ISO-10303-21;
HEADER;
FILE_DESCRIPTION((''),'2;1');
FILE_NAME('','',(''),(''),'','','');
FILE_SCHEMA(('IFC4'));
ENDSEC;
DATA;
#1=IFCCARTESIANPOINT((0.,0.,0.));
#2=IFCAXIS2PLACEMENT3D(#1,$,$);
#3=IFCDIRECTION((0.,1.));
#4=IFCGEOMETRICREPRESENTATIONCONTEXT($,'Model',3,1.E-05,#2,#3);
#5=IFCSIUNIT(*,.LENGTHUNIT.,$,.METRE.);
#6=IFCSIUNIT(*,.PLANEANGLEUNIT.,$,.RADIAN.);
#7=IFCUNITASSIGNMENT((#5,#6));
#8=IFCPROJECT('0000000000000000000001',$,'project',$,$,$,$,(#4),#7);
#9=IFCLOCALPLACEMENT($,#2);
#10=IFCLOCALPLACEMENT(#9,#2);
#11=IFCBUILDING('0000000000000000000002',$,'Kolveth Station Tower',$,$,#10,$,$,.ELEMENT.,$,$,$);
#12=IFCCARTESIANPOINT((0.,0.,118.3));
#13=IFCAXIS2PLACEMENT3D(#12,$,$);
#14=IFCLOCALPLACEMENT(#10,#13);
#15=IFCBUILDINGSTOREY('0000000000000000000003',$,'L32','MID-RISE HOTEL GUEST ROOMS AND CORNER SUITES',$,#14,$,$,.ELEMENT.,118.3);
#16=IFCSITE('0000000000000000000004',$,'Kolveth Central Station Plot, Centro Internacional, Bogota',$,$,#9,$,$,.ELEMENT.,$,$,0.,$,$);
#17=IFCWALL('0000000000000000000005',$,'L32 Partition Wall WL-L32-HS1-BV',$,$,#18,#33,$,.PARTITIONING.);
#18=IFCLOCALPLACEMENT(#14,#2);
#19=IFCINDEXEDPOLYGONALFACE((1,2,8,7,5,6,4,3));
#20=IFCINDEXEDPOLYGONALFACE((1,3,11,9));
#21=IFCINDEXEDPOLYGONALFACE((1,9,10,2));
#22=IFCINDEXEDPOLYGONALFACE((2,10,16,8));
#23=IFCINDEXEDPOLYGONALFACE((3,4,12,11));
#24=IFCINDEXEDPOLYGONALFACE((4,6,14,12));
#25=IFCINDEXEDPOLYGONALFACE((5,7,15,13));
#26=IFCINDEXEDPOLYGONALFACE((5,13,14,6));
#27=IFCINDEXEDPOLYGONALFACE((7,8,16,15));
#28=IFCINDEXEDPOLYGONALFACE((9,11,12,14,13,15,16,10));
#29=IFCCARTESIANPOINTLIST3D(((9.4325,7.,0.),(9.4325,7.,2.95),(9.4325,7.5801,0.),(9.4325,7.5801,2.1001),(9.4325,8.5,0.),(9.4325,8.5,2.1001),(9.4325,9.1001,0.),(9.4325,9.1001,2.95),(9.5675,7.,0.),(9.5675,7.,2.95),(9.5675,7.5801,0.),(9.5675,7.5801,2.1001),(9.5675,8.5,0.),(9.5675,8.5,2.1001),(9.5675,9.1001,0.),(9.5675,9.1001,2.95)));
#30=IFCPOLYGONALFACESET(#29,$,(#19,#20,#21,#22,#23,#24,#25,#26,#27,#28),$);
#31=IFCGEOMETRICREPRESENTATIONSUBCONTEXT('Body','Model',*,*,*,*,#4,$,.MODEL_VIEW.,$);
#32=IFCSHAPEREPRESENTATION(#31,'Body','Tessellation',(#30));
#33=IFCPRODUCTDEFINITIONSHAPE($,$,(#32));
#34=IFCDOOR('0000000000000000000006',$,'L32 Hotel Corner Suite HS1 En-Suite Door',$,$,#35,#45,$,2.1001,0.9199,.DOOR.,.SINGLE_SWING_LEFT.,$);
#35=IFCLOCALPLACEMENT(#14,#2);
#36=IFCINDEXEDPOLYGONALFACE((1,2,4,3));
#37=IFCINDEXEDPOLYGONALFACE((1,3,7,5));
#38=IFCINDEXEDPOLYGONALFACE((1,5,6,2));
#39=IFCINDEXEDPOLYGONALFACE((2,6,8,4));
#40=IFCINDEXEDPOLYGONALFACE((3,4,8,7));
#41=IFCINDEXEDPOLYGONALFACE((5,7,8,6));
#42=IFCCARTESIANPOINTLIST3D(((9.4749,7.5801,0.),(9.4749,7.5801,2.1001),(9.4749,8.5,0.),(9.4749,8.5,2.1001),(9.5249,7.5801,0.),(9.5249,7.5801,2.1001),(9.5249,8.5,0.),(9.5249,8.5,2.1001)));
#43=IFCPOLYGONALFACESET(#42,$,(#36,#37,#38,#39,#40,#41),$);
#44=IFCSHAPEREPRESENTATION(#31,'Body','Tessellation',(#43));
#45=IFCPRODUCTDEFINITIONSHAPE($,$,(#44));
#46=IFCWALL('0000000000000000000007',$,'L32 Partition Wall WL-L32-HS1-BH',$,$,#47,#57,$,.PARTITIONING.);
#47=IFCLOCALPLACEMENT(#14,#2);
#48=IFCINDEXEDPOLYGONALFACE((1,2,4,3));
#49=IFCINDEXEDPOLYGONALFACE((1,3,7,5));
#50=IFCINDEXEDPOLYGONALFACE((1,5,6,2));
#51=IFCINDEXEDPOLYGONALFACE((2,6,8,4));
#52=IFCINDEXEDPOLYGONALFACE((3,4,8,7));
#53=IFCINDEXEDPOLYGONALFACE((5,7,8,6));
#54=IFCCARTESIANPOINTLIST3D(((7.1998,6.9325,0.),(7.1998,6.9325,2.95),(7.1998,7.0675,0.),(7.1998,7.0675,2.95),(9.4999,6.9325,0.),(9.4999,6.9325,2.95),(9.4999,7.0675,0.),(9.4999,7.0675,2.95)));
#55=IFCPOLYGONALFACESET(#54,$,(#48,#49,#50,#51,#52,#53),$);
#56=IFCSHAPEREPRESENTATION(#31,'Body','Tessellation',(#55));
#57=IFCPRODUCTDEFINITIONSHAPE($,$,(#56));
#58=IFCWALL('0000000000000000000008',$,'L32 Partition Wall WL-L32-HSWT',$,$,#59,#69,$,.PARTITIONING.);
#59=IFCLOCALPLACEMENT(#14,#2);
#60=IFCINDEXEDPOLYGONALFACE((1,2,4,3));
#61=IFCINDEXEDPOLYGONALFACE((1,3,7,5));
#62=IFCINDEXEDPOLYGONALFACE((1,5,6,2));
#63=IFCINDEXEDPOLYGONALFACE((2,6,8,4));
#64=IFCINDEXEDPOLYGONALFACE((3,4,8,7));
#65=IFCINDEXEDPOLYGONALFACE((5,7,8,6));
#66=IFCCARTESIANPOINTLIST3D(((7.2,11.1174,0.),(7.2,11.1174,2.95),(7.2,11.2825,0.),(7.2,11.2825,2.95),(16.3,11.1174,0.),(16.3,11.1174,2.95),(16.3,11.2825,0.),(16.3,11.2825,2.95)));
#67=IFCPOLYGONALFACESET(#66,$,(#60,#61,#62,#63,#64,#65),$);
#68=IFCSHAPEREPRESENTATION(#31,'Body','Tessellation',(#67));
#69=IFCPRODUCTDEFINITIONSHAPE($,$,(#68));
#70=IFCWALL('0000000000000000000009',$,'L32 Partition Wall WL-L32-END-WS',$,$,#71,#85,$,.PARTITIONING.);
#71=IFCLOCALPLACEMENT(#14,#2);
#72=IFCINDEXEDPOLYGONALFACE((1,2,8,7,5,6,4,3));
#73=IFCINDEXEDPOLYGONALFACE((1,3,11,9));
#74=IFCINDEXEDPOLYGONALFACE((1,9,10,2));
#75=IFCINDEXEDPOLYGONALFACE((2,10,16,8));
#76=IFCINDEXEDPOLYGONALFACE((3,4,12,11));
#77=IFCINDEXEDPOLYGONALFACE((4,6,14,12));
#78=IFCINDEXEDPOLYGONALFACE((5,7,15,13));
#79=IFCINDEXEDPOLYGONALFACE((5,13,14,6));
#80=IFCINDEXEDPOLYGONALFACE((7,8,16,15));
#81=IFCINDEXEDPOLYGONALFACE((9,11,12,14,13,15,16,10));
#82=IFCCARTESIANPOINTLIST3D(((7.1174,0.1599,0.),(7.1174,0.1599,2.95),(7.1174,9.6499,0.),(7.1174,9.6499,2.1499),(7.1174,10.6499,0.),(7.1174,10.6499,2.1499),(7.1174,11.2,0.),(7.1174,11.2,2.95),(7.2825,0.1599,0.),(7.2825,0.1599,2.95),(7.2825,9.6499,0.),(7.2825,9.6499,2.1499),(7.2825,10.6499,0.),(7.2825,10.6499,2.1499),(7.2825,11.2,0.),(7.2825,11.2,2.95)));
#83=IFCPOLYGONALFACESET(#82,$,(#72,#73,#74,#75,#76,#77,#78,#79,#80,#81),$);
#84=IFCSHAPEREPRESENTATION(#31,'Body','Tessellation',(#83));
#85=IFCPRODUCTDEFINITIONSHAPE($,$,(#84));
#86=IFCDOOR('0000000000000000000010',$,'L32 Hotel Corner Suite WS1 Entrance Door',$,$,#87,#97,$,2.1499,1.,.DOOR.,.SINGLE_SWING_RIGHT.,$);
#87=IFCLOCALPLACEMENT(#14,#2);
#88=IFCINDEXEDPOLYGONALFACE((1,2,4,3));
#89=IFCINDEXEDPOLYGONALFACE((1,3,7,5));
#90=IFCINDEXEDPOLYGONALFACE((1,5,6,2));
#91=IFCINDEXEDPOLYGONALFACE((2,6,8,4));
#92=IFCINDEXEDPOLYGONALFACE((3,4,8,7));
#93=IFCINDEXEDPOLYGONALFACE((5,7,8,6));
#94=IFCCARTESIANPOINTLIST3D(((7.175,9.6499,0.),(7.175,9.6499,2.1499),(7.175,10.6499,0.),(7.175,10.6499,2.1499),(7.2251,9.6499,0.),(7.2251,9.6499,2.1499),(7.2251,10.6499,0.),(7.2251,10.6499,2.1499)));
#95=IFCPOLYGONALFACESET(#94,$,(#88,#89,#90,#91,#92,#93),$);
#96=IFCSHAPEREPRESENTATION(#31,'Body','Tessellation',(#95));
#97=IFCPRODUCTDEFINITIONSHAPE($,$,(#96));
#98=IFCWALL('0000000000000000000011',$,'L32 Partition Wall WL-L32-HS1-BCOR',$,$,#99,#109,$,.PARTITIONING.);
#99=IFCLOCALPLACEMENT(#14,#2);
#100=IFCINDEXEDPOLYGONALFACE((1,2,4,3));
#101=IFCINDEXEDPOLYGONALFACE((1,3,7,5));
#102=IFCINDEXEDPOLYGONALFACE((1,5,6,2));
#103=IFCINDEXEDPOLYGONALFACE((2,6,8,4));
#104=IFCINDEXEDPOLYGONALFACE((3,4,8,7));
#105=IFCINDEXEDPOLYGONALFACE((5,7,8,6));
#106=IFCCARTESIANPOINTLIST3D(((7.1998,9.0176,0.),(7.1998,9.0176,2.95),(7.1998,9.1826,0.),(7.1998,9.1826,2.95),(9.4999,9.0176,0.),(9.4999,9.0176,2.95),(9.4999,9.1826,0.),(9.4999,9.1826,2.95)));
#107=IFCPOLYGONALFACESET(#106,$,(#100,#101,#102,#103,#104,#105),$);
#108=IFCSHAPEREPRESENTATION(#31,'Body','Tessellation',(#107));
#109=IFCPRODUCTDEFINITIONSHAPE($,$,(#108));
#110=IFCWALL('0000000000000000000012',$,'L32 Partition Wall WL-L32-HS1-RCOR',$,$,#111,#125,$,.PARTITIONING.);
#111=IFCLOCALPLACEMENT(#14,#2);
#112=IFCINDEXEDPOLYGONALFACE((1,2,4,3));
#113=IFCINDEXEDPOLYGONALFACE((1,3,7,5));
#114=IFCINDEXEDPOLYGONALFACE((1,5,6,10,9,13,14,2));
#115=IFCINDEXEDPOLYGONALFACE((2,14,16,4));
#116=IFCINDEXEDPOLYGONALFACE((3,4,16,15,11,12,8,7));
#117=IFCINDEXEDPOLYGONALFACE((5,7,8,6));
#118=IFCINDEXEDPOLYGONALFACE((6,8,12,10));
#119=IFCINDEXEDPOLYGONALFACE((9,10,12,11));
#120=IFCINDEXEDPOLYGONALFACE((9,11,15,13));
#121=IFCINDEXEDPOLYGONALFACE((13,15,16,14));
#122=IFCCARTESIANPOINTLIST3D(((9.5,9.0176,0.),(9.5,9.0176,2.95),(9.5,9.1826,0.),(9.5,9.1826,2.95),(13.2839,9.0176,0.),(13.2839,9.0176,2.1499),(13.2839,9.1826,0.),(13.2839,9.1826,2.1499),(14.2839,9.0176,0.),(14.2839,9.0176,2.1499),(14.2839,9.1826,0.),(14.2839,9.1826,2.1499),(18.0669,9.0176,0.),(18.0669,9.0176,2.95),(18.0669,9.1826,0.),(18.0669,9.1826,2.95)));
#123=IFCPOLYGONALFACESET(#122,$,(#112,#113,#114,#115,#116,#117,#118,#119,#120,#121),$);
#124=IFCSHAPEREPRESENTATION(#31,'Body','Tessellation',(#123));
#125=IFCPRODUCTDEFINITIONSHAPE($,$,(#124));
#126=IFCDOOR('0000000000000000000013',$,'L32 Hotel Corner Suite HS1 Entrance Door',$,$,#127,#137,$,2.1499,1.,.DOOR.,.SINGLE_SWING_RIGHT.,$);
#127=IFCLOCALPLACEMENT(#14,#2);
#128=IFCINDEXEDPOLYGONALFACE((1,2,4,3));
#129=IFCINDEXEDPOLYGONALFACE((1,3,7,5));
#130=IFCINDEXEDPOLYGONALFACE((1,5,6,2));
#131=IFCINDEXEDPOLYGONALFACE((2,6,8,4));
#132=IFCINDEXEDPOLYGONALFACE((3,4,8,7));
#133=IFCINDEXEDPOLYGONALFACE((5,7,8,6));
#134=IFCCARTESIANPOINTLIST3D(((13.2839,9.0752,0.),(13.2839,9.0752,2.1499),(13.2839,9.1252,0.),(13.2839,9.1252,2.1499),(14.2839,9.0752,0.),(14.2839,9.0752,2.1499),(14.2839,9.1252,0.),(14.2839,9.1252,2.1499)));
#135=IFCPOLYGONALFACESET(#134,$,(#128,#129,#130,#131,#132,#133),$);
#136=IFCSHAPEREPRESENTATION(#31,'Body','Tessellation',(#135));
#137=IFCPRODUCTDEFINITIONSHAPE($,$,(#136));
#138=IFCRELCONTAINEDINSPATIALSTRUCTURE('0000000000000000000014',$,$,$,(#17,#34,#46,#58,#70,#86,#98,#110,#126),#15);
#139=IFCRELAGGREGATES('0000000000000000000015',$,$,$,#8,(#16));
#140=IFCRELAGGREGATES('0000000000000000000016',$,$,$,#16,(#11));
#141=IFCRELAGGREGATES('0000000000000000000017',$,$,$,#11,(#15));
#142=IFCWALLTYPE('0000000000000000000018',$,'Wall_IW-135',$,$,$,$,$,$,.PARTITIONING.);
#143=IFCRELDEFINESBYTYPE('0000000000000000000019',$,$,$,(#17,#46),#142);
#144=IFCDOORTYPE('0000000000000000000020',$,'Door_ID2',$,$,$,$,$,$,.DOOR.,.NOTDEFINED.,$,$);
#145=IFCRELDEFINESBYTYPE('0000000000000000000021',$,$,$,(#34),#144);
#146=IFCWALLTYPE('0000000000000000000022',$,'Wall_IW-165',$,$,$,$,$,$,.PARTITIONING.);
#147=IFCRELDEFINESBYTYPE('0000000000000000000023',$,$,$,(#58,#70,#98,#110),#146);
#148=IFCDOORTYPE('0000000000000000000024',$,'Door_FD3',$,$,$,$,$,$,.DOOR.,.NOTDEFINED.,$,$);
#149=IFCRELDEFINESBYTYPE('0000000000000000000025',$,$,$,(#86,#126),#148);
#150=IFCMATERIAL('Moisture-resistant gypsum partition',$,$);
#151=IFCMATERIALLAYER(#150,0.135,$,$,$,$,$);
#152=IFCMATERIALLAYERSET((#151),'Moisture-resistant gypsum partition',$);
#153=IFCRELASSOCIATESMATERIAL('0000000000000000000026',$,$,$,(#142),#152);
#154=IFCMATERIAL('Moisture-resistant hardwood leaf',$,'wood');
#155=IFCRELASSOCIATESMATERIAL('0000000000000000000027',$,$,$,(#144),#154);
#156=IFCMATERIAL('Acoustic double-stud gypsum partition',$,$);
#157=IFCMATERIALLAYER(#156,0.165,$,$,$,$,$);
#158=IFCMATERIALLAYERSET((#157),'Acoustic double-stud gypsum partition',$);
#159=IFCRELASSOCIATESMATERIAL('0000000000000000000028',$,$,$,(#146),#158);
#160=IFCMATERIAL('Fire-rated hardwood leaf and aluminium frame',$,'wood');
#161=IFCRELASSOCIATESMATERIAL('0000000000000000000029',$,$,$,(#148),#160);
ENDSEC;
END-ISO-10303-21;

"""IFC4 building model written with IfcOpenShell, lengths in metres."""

from ifc_helpers import new_model, si_unit, direction, frame, frame_2d, origin, place, context, subcontext, project, spatial, rectangle, extrude, material, layer, layer_set, type_object, element, fill, save


model = new_model("IFC4")

# Units and contexts
model_context = context("Model", 3, precision=1e-05, world=origin(), true_north=direction((0.0, 1.0)))
body_context = subcontext(model_context, "Body", "Model", "MODEL_VIEW")
ifc_project = project(units=[si_unit("LENGTHUNIT", "METRE"), si_unit("PLANEANGLEUNIT", "RADIAN")], contexts=[model_context])

# Site, building, storey
site_placement = place(None, origin())
site = spatial("IfcSite", under=ifc_project, at=site_placement, Name="Kolveth Central Station Plot, Centro Internacional, Bogota", CompositionType="ELEMENT", RefElevation=0.0)
building_placement = place(site_placement, origin())
building = spatial("IfcBuilding", under=site, at=building_placement, Name="Kolveth Station Tower", CompositionType="ELEMENT")
storey_placement = place(building_placement, frame((0.0, 0.0, 118.3)))
storey = spatial("IfcBuildingStorey", under=building, at=storey_placement, Name="L32", Description="MID-RISE HOTEL GUEST ROOMS AND CORNER SUITES", CompositionType="ELEMENT", Elevation=118.3)

# Wall, opening, door
ifc_material_1 = material(Name="Moisture-resistant gypsum partition")
ifc_layer_1 = layer(ifc_material_1, 0.135)
ifc_layer_set_1 = layer_set([ifc_layer_1], Name="Moisture-resistant gypsum partition")
wall_type_1 = type_object("IfcWallType", Name="Wall_IW-135", PredefinedType="PARTITIONING", material=ifc_layer_set_1)
wall_1_placement = place(storey_placement, frame((9.5, 7.0, 0.0), z_axis=(0.0, 0.0, 1.0), x_axis=(0.0, 1.0, 0.0)))
wall_1 = element("IfcWall", 1, at=wall_1_placement, inside=storey, type_object=wall_type_1, Name="L32 Partition Wall WL-L32-HS1-BV", PredefinedType="PARTITIONING", context=body_context, shape_type="SweptSolid", body=[
    extrude(rectangle(XDim=2.1001, YDim=0.135, at=frame_2d((1.05, 0.0))), origin(), (0.0, 0.0, 1.0), 2.95),
])
opening_1_placement = place(wall_1_placement, frame((0.5801, 0.0, 0.0)))
opening_1 = element("IfcOpeningElement", 2, at=opening_1_placement, cuts=wall_1, PredefinedType="OPENING", context=body_context, shape_type="SweptSolid", body=[
    extrude(rectangle(XDim=0.9199, YDim=2.1001, at=frame_2d((0.46, 1.05))), frame((0.0, 0.0774, 0.0), z_axis=(0.0, -1.0, 0.0), x_axis=(1.0, 0.0, 0.0)), (0.0, 0.0, 1.0), 0.155),
])
ifc_material_2 = material(Name="Moisture-resistant hardwood leaf", Category="wood")
door_type_1 = type_object("IfcDoorType", Name="Door_ID2", OperationType="NOTDEFINED", PredefinedType="DOOR", material=ifc_material_2)
door_1_placement = place(opening_1_placement, frame((0.9199, 0.0, 0.0), z_axis=(0.0, 0.0, 1.0), x_axis=(-1.0, 0.0, 0.0)))
door_1 = element("IfcDoor", 3, at=door_1_placement, inside=storey, type_object=door_type_1, Name="L32 Hotel Corner Suite HS1 En-Suite Door", OperationType="SINGLE_SWING_LEFT", OverallHeight=2.1001, OverallWidth=0.9199, PredefinedType="DOOR", context=body_context, shape_type="SweptSolid", body=[
    extrude(rectangle(XDim=0.9199, YDim=2.1001, at=frame_2d((0.46, 1.05))), frame((0.0, 0.0249, 0.0), z_axis=(0.0, -1.0, 0.0), x_axis=(1.0, 0.0, 0.0)), (0.0, 0.0, 1.0), 0.05),
])
fill(opening_1, door_1)

# Walls
wall_2_placement = place(storey_placement, frame((7.2, 7.0, 0.0), z_axis=(0.0, 0.0, 1.0), x_axis=(1.0, 0.0, 0.0)))
element("IfcWall", 4, at=wall_2_placement, inside=storey, type_object=wall_type_1, Name="L32 Partition Wall WL-L32-HS1-BH", PredefinedType="PARTITIONING", context=body_context, shape_type="SweptSolid", body=[
    extrude(rectangle(XDim=2.3, YDim=0.135, at=frame_2d((1.1499, 0.0))), origin(), (0.0, 0.0, 1.0), 2.95),
])
ifc_material_3 = material(Name="Acoustic double-stud gypsum partition")
ifc_layer_2 = layer(ifc_material_3, 0.165)
ifc_layer_set_2 = layer_set([ifc_layer_2], Name="Acoustic double-stud gypsum partition")
wall_type_2 = type_object("IfcWallType", Name="Wall_IW-165", PredefinedType="PARTITIONING", material=ifc_layer_set_2)
wall_3_placement = place(storey_placement, frame((7.2, 11.2, 0.0), z_axis=(0.0, 0.0, 1.0), x_axis=(1.0, 0.0, 0.0)))
element("IfcWall", 5, at=wall_3_placement, inside=storey, type_object=wall_type_2, Name="L32 Partition Wall WL-L32-HSWT", PredefinedType="PARTITIONING", context=body_context, shape_type="SweptSolid", body=[
    extrude(rectangle(XDim=9.1001, YDim=0.165, at=frame_2d((4.55, 0.0))), origin(), (0.0, 0.0, 1.0), 2.95),
])

# Wall, opening, door
wall_4_placement = place(storey_placement, frame((7.2, 0.1599, 0.0), z_axis=(0.0, 0.0, 1.0), x_axis=(0.0, 1.0, 0.0)))
wall_4 = element("IfcWall", 6, at=wall_4_placement, inside=storey, type_object=wall_type_2, Name="L32 Partition Wall WL-L32-END-WS", PredefinedType="PARTITIONING", context=body_context, shape_type="SweptSolid", body=[
    extrude(rectangle(XDim=11.04, YDim=0.165, at=frame_2d((5.52, 0.0))), origin(), (0.0, 0.0, 1.0), 2.95),
])
opening_2_placement = place(wall_4_placement, frame((9.49, 0.0, 0.0)))
opening_2 = element("IfcOpeningElement", 7, at=opening_2_placement, cuts=wall_4, PredefinedType="OPENING", context=body_context, shape_type="SweptSolid", body=[
    extrude(rectangle(XDim=1.0, YDim=2.1499, at=frame_2d((0.5, 1.075))), frame((0.0, 0.0925, 0.0), z_axis=(0.0, -1.0, 0.0), x_axis=(1.0, 0.0, 0.0)), (0.0, 0.0, 1.0), 0.1851),
])
ifc_material_4 = material(Name="Fire-rated hardwood leaf and aluminium frame", Category="wood")
door_type_2 = type_object("IfcDoorType", Name="Door_FD3", OperationType="NOTDEFINED", PredefinedType="DOOR", material=ifc_material_4)
door_2_placement = place(opening_2_placement, origin())
door_2 = element("IfcDoor", 8, at=door_2_placement, inside=storey, type_object=door_type_2, Name="L32 Hotel Corner Suite WS1 Entrance Door", OperationType="SINGLE_SWING_RIGHT", OverallHeight=2.1499, OverallWidth=1.0, PredefinedType="DOOR", context=body_context, shape_type="SweptSolid", body=[
    extrude(rectangle(XDim=1.0, YDim=2.1499, at=frame_2d((0.5, 1.075))), frame((0.0, 0.0249, 0.0), z_axis=(0.0, -1.0, 0.0), x_axis=(1.0, 0.0, 0.0)), (0.0, 0.0, 1.0), 0.05),
])
fill(opening_2, door_2)

# Wall
wall_5_placement = place(storey_placement, frame((7.2, 9.1001, 0.0), z_axis=(0.0, 0.0, 1.0), x_axis=(1.0, 0.0, 0.0)))
element("IfcWall", 9, at=wall_5_placement, inside=storey, type_object=wall_type_2, Name="L32 Partition Wall WL-L32-HS1-BCOR", PredefinedType="PARTITIONING", context=body_context, shape_type="SweptSolid", body=[
    extrude(rectangle(XDim=2.3, YDim=0.165, at=frame_2d((1.1499, 0.0))), origin(), (0.0, 0.0, 1.0), 2.95),
])

# Wall, opening, door
wall_6_placement = place(storey_placement, frame((9.5, 9.1001, 0.0), z_axis=(0.0, 0.0, 1.0), x_axis=(1.0, 0.0, 0.0)))
wall_6 = element("IfcWall", 10, at=wall_6_placement, inside=storey, type_object=wall_type_2, Name="L32 Partition Wall WL-L32-HS1-RCOR", PredefinedType="PARTITIONING", context=body_context, shape_type="SweptSolid", body=[
    extrude(rectangle(XDim=8.5669, YDim=0.165, at=frame_2d((4.2834, 0.0))), origin(), (0.0, 0.0, 1.0), 2.95),
])
opening_3_placement = place(wall_6_placement, frame((3.7839, 0.0, 0.0)))
opening_3 = element("IfcOpeningElement", 11, at=opening_3_placement, cuts=wall_6, PredefinedType="OPENING", context=body_context, shape_type="SweptSolid", body=[
    extrude(rectangle(XDim=1.0, YDim=2.1499, at=frame_2d((0.5, 1.075))), frame((0.0, 0.0925, 0.0), z_axis=(0.0, -1.0, 0.0), x_axis=(1.0, 0.0, 0.0)), (0.0, 0.0, 1.0), 0.1851),
])
door_3_placement = place(opening_3_placement, frame((1.0, 0.0, 0.0), z_axis=(0.0, 0.0, 1.0), x_axis=(-1.0, 0.0, 0.0)))
door_3 = element("IfcDoor", 12, at=door_3_placement, inside=storey, type_object=door_type_2, Name="L32 Hotel Corner Suite HS1 Entrance Door", OperationType="SINGLE_SWING_RIGHT", OverallHeight=2.1499, OverallWidth=1.0, PredefinedType="DOOR", context=body_context, shape_type="SweptSolid", body=[
    extrude(rectangle(XDim=1.0, YDim=2.1499, at=frame_2d((0.5, 1.075))), frame((0.0, 0.0249, 0.0), z_axis=(0.0, -1.0, 0.0), x_axis=(1.0, 0.0, 0.0)), (0.0, 0.0, 1.0), 0.05),
])
fill(opening_3, door_3)

save(model, "model.ifc")
